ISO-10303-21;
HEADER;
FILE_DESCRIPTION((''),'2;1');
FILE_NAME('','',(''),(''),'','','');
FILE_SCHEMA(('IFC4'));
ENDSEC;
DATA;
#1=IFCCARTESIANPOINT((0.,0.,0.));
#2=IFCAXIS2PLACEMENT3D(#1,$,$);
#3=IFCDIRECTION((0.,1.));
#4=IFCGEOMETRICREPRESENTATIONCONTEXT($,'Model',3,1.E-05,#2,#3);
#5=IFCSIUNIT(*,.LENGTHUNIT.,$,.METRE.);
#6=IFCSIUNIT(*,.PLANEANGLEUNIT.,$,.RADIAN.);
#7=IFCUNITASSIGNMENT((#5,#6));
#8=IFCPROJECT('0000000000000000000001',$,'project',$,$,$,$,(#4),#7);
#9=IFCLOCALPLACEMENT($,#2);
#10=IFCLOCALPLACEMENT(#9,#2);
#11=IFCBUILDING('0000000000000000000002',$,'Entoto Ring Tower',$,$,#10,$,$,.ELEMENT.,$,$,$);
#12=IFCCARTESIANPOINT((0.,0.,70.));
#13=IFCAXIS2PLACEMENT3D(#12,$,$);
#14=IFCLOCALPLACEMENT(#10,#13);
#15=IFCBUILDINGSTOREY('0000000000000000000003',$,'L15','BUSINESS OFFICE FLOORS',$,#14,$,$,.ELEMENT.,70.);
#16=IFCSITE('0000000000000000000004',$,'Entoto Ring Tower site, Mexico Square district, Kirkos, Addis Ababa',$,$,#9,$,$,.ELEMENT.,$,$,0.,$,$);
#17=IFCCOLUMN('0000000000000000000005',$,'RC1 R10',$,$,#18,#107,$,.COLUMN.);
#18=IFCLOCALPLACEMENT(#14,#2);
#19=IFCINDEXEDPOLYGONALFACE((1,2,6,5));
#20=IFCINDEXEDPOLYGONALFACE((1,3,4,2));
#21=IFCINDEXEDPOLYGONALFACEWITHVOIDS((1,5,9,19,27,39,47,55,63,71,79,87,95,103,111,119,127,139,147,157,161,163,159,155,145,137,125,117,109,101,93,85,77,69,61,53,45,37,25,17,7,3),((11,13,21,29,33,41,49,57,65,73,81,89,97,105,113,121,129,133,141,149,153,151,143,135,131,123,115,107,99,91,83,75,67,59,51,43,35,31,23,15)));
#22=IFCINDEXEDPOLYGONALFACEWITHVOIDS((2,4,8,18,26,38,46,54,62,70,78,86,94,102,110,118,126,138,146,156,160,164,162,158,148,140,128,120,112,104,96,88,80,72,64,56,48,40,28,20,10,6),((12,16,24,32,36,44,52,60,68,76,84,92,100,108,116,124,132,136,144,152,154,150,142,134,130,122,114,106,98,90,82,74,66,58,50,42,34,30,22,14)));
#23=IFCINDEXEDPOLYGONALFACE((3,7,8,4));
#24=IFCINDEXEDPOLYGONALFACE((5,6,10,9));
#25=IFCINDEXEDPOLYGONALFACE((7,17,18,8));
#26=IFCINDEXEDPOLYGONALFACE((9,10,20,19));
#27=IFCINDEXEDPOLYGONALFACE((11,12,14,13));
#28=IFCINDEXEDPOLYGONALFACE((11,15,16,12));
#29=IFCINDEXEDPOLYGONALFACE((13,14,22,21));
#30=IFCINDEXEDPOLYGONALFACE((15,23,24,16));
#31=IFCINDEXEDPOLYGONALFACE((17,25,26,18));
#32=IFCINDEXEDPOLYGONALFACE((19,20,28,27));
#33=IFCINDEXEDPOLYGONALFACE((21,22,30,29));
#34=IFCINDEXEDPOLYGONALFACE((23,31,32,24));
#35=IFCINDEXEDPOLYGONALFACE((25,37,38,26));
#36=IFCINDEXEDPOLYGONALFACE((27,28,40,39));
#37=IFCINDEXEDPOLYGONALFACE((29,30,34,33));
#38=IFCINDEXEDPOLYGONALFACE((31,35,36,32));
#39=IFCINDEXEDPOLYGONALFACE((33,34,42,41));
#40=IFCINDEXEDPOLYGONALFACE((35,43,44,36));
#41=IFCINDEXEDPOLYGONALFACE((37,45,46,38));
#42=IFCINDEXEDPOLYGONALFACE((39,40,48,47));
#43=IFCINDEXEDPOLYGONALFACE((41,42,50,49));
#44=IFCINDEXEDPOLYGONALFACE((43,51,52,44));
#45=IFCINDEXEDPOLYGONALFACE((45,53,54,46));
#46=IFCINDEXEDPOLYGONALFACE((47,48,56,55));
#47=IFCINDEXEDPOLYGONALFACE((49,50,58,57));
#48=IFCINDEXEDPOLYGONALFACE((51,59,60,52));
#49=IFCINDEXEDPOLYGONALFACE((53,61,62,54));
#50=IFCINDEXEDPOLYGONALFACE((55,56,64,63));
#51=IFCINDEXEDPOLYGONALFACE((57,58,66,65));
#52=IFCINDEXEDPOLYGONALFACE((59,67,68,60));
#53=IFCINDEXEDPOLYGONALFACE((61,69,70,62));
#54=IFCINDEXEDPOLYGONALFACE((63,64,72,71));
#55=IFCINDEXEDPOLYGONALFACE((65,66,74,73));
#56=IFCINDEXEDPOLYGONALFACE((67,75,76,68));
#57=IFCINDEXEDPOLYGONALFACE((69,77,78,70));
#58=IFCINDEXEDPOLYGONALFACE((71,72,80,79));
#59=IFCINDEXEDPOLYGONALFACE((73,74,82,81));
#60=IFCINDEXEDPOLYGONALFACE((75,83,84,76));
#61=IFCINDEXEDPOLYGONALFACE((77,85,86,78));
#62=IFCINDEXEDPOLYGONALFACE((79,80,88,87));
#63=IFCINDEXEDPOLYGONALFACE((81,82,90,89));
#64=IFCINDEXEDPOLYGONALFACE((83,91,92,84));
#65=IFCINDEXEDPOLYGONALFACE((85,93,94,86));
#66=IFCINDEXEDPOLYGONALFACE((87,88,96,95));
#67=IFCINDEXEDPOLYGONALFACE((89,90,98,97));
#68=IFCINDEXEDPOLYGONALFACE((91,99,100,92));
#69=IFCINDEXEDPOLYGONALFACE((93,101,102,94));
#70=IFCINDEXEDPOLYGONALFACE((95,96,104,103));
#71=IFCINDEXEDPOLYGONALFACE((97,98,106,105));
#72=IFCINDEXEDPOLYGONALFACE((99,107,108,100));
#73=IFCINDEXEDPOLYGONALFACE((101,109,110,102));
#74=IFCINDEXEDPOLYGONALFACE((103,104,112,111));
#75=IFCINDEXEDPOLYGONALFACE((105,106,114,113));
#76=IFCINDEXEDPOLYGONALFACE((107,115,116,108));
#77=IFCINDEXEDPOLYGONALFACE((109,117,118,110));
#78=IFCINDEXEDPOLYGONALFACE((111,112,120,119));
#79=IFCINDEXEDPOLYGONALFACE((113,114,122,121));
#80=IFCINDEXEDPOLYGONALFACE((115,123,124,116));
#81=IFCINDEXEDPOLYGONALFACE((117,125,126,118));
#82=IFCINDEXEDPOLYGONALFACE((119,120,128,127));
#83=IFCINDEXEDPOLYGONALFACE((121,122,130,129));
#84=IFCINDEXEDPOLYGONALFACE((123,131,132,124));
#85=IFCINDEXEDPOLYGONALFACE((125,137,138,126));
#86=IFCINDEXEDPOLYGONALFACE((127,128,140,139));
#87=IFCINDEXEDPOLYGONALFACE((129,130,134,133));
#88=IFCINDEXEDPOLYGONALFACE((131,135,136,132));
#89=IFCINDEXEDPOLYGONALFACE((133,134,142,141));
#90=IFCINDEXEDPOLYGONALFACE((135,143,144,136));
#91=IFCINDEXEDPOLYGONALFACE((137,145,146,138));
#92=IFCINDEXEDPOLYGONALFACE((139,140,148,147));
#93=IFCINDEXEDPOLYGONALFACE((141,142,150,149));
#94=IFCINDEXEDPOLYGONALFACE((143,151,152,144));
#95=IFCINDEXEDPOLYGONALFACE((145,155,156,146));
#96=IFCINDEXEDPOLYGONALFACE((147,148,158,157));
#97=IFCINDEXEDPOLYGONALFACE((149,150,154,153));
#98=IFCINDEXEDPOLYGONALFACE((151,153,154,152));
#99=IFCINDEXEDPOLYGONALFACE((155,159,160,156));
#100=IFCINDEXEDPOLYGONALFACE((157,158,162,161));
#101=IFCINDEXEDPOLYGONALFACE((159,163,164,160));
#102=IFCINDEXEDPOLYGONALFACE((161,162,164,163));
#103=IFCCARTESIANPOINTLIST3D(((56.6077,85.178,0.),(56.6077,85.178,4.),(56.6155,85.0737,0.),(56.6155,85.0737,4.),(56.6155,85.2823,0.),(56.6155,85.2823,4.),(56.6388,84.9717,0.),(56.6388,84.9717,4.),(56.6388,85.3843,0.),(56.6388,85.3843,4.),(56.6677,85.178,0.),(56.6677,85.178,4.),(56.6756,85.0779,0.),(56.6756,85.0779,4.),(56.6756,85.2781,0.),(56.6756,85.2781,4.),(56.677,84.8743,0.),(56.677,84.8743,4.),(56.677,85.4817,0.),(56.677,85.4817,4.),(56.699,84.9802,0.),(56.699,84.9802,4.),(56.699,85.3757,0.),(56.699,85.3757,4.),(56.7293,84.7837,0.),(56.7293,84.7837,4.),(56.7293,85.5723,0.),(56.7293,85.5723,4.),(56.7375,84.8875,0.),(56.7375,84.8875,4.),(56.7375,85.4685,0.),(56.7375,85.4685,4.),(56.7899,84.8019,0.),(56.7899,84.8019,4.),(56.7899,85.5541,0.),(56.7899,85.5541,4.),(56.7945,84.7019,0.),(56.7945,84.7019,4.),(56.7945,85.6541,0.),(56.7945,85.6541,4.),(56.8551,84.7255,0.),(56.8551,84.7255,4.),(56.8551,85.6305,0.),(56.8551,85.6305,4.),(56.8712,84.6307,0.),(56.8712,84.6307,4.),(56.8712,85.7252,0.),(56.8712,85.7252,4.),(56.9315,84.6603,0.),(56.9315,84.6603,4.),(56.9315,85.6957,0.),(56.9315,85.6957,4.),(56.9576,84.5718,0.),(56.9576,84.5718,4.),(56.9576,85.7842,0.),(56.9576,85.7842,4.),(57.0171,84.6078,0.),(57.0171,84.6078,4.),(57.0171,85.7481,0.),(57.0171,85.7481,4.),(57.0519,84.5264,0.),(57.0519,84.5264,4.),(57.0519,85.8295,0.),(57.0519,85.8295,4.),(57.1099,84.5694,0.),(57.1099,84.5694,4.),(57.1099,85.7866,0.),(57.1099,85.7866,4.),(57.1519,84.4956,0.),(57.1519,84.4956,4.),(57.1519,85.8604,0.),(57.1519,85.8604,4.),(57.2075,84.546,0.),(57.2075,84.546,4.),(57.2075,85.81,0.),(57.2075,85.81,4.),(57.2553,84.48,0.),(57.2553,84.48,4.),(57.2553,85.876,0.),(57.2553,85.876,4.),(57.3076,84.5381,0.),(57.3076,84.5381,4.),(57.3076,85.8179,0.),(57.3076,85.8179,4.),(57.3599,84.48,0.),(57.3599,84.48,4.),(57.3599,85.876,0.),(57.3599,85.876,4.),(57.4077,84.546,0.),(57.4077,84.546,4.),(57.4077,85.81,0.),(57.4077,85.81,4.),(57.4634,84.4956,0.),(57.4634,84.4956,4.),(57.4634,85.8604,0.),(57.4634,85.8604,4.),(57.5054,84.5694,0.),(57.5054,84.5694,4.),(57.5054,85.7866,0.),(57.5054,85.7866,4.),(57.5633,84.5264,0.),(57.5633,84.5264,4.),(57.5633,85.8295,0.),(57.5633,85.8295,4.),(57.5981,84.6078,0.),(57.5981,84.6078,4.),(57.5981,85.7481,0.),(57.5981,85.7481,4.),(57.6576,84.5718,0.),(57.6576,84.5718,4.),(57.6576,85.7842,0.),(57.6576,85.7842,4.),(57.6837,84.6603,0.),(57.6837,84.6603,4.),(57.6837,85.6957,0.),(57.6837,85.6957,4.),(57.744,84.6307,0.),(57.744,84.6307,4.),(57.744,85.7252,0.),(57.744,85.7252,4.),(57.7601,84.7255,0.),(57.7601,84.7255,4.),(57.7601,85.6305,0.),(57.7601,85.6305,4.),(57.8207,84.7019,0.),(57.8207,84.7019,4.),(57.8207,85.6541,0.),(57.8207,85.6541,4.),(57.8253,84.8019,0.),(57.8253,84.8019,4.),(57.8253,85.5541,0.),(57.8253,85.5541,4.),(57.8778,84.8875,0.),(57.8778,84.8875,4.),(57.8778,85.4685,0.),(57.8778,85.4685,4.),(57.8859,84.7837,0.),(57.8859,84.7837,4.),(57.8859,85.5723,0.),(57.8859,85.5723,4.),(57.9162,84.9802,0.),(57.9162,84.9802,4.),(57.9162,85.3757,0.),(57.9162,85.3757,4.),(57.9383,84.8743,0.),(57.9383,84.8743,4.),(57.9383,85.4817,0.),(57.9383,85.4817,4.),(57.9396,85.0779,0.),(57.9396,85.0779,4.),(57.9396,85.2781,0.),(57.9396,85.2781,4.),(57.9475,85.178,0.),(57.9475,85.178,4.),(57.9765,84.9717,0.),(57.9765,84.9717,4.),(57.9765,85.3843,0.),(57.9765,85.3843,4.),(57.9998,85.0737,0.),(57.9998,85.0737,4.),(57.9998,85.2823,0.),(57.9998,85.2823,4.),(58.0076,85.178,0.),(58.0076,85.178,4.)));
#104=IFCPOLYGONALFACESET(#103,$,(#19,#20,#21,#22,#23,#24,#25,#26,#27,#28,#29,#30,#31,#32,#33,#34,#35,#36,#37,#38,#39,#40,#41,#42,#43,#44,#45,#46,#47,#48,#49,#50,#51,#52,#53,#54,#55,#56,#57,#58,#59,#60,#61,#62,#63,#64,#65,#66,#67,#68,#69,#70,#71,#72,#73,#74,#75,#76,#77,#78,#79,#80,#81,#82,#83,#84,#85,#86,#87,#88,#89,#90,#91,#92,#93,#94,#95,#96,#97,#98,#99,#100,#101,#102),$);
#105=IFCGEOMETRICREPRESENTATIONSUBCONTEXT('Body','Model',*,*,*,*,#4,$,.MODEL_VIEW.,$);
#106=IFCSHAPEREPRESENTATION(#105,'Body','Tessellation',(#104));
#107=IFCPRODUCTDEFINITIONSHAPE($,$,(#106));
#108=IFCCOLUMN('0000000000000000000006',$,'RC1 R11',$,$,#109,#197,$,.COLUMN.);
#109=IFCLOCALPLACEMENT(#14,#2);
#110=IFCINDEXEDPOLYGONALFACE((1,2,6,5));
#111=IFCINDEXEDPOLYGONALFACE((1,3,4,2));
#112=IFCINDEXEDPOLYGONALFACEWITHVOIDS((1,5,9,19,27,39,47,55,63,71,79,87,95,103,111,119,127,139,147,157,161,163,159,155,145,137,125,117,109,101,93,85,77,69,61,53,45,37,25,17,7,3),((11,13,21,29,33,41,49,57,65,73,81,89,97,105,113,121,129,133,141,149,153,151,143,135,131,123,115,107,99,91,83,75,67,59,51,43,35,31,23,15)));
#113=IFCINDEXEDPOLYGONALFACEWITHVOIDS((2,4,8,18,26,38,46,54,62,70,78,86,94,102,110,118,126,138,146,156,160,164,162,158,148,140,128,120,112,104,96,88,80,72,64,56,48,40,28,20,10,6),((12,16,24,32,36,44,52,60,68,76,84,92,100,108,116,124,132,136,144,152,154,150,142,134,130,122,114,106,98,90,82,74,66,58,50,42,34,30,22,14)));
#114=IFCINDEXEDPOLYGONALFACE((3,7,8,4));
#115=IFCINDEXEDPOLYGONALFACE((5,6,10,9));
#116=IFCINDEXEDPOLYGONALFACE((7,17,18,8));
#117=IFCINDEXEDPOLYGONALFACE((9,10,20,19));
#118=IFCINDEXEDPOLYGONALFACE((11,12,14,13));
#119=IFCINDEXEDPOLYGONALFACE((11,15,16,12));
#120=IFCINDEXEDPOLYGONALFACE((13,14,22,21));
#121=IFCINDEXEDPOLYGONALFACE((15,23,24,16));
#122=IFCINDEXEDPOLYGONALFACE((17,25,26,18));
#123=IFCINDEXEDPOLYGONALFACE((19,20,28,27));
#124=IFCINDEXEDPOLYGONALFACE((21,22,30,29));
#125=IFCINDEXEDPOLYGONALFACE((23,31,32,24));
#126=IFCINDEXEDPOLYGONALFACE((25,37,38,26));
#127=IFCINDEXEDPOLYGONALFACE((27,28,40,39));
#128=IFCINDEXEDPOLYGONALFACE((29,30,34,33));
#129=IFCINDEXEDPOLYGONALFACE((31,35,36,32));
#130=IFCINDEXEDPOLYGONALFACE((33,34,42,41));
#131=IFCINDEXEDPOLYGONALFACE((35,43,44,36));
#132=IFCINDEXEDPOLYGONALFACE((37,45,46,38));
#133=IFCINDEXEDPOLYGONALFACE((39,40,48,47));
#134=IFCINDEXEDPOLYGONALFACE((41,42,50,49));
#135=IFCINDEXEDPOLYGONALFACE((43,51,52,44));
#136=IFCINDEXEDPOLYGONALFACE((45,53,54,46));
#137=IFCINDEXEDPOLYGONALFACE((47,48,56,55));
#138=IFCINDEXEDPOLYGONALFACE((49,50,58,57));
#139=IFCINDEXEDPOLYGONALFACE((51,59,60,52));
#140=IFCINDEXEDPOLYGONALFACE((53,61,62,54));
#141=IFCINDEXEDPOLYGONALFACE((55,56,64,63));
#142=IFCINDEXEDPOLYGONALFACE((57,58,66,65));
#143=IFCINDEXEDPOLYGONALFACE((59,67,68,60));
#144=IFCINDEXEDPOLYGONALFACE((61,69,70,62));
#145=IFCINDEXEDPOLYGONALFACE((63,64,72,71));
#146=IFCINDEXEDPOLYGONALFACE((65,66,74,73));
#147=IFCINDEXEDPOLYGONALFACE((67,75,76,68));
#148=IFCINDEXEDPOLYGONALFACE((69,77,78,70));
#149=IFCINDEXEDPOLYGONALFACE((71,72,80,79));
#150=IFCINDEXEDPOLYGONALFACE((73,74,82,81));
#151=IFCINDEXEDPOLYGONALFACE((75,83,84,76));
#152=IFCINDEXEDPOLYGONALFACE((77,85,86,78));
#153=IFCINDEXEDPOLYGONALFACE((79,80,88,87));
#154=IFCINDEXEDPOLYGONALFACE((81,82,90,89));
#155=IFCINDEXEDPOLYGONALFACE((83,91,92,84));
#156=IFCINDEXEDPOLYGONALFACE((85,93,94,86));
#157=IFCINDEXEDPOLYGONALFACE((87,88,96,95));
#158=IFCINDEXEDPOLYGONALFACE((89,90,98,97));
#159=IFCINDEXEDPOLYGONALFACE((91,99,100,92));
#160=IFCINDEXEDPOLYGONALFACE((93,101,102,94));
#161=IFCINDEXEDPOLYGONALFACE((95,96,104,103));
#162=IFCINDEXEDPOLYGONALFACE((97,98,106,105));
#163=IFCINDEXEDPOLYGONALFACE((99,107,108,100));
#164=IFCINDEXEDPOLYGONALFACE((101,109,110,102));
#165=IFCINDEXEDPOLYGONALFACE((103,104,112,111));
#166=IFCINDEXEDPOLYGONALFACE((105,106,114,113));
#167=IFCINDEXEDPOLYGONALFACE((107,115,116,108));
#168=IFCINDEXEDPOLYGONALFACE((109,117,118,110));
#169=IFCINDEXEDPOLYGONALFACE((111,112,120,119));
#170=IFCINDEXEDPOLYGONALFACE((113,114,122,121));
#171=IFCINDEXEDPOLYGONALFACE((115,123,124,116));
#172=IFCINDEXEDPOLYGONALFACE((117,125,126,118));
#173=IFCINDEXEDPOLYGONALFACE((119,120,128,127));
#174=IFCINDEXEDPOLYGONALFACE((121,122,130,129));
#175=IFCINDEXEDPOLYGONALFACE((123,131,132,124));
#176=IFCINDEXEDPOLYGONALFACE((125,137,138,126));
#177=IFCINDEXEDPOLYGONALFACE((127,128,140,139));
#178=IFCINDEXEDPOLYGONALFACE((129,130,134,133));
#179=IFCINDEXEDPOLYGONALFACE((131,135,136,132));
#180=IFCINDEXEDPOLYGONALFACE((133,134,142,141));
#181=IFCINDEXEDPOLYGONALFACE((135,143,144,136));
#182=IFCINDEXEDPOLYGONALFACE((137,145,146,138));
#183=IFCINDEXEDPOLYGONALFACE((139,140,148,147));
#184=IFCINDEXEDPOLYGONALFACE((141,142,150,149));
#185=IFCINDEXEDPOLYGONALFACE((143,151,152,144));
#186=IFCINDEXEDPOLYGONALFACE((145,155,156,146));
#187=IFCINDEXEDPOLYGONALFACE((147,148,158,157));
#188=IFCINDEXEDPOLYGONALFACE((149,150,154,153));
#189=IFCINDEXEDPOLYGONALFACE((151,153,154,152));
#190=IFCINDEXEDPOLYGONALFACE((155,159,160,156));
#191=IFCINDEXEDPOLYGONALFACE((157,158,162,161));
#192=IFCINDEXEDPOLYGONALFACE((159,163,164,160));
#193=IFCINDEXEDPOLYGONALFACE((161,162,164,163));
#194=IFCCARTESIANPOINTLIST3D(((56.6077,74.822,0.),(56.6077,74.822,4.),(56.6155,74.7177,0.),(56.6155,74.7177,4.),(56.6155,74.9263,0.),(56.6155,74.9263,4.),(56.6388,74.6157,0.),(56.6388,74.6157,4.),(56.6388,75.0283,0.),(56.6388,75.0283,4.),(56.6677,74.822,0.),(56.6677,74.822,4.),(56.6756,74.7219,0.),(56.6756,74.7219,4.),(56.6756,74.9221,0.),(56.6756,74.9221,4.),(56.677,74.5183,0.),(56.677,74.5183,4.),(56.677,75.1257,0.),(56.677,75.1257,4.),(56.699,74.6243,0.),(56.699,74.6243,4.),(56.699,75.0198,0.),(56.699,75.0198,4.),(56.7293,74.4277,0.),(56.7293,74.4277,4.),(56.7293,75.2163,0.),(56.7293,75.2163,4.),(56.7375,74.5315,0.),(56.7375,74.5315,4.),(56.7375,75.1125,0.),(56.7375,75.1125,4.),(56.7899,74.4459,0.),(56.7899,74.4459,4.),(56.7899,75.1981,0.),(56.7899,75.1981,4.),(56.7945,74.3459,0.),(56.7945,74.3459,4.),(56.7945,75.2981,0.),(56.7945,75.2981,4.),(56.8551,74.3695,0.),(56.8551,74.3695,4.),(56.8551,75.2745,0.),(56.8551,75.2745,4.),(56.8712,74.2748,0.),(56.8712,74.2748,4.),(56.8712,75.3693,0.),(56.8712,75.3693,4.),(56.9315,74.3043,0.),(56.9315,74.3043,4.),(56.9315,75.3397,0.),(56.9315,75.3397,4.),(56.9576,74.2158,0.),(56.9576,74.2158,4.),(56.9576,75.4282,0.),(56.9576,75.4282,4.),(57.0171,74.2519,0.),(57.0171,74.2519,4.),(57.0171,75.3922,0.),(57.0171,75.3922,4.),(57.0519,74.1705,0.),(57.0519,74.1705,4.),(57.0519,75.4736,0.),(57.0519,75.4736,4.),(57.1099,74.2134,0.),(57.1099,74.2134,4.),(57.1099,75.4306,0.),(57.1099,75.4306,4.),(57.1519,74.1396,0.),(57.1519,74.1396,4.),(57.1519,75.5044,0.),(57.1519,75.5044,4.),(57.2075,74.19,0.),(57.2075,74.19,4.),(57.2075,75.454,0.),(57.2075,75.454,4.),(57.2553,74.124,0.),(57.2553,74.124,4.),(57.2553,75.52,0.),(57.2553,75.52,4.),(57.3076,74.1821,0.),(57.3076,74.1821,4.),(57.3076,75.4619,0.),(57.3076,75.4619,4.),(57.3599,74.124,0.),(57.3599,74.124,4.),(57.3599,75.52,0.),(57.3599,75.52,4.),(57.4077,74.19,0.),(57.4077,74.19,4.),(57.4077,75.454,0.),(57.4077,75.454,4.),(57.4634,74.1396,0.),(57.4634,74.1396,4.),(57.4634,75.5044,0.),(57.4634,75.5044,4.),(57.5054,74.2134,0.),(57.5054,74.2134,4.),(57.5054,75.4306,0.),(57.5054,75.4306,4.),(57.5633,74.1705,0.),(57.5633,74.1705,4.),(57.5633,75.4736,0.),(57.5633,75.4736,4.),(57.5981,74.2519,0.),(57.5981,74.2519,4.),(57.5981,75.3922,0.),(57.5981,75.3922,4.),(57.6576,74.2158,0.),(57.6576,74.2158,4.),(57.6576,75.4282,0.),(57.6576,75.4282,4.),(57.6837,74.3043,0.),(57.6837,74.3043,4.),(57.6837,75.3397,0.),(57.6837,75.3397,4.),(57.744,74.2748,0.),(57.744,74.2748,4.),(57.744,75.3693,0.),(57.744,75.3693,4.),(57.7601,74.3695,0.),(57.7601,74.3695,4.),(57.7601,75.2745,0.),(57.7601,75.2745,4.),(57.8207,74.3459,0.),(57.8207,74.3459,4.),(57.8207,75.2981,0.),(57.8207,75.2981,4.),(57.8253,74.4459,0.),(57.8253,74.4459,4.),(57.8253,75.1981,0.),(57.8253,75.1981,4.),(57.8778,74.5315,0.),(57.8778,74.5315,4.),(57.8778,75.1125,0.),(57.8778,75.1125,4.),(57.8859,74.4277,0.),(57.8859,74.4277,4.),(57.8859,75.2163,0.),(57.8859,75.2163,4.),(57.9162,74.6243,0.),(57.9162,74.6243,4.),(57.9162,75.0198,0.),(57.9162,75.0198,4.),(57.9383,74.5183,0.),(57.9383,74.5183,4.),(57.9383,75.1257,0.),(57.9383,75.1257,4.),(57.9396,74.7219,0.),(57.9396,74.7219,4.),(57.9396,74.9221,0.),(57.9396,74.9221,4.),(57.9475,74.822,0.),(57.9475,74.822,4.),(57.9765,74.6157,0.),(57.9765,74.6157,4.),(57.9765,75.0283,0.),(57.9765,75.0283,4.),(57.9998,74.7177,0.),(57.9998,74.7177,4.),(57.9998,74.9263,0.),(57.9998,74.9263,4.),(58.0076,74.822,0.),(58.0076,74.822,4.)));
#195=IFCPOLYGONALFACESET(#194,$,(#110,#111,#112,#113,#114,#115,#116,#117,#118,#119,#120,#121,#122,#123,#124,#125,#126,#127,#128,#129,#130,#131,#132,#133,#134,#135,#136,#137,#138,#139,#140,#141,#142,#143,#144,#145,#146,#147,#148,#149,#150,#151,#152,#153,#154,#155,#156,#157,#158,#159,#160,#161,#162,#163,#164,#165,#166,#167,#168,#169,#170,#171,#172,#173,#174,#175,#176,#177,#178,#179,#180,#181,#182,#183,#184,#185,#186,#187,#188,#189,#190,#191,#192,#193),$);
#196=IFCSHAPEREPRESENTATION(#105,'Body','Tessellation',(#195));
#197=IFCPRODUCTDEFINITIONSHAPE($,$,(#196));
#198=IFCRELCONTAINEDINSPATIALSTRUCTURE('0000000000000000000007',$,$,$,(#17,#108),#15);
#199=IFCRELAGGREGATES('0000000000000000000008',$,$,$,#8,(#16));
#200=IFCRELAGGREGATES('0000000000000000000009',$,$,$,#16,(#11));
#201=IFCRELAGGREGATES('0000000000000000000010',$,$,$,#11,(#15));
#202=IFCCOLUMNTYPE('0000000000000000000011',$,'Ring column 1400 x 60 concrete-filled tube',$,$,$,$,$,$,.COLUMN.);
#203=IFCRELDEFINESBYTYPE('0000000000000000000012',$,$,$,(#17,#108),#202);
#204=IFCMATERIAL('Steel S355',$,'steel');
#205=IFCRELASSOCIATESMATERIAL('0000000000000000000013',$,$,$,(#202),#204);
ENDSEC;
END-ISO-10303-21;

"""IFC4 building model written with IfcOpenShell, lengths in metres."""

from ifc_helpers import new_model, si_unit, direction, frame, origin, origin_2d, place, context, subcontext, project, spatial, circle, hollow_circle, extrude, material, material_profile, profile_set, type_object, element, save


model = new_model("IFC4")

# Units and contexts
model_context = context("Model", 3, precision=1e-05, world=origin(), true_north=direction((0.0, 1.0)))
body_context = subcontext(model_context, "Body", "Model", "MODEL_VIEW")
ifc_project = project(units=[si_unit("LENGTHUNIT", "METRE"), si_unit("PLANEANGLEUNIT", "RADIAN")], contexts=[model_context])

# Site, building, storey
site_placement = place(None, origin())
site = spatial("IfcSite", under=ifc_project, at=site_placement, Name="Entoto Ring Tower site, Mexico Square district, Kirkos, Addis Ababa", CompositionType="ELEMENT", RefElevation=0.0)
building_placement = place(site_placement, origin())
building = spatial("IfcBuilding", under=site, at=building_placement, Name="Entoto Ring Tower", CompositionType="ELEMENT")
storey_placement = place(building_placement, frame((0.0, 0.0, 70.0)))
storey = spatial("IfcBuildingStorey", under=building, at=storey_placement, Name="L15", Description="BUSINESS OFFICE FLOORS", CompositionType="ELEMENT", Elevation=70.0)

# Columns
ifc_material_1 = material(Name="Steel S355", Category="steel")
ifc_material_profile_1 = material_profile(ifc_material_1, hollow_circle(Radius=0.7, WallThickness=0.0601, at=origin_2d()), Name="CHS 1400 x 60")
ifc_material_2 = material(Name="Concrete C60/75", Category="concrete")
ifc_material_profile_2 = material_profile(ifc_material_2, circle(Radius=0.6399, at=origin_2d()), Name="Concrete C60/75 infill")
ifc_profile_set_1 = profile_set([ifc_material_profile_1, ifc_material_profile_2], Name="Steel S355")
column_type = type_object("IfcColumnType", Name="Ring column 1400 x 60 concrete-filled tube", PredefinedType="COLUMN", material=ifc_profile_set_1)
for number, where, z_axis, x_axis, name in (
    (1, (57.3076, 85.178, 0.0), (0.0, 0.0, 1.0), (1.0, 0.0, 0.0), "RC1 R10"),
    (2, (57.3076, 74.822, 0.0), (0.0, 0.0, 1.0), (1.0, 0.0, 0.0), "RC1 R11"),
):
    element("IfcColumn", number, at=place(storey_placement, frame(where, z_axis=z_axis, x_axis=x_axis)), inside=storey, type_object=column_type, Name=name, PredefinedType="COLUMN", context=body_context, shape_type="SweptSolid", body=[
        extrude(hollow_circle(Radius=0.7, WallThickness=0.0601, at=origin_2d()), origin(), (0.0, 0.0, 1.0), 4.0),
    ])

save(model, "model.ifc")
